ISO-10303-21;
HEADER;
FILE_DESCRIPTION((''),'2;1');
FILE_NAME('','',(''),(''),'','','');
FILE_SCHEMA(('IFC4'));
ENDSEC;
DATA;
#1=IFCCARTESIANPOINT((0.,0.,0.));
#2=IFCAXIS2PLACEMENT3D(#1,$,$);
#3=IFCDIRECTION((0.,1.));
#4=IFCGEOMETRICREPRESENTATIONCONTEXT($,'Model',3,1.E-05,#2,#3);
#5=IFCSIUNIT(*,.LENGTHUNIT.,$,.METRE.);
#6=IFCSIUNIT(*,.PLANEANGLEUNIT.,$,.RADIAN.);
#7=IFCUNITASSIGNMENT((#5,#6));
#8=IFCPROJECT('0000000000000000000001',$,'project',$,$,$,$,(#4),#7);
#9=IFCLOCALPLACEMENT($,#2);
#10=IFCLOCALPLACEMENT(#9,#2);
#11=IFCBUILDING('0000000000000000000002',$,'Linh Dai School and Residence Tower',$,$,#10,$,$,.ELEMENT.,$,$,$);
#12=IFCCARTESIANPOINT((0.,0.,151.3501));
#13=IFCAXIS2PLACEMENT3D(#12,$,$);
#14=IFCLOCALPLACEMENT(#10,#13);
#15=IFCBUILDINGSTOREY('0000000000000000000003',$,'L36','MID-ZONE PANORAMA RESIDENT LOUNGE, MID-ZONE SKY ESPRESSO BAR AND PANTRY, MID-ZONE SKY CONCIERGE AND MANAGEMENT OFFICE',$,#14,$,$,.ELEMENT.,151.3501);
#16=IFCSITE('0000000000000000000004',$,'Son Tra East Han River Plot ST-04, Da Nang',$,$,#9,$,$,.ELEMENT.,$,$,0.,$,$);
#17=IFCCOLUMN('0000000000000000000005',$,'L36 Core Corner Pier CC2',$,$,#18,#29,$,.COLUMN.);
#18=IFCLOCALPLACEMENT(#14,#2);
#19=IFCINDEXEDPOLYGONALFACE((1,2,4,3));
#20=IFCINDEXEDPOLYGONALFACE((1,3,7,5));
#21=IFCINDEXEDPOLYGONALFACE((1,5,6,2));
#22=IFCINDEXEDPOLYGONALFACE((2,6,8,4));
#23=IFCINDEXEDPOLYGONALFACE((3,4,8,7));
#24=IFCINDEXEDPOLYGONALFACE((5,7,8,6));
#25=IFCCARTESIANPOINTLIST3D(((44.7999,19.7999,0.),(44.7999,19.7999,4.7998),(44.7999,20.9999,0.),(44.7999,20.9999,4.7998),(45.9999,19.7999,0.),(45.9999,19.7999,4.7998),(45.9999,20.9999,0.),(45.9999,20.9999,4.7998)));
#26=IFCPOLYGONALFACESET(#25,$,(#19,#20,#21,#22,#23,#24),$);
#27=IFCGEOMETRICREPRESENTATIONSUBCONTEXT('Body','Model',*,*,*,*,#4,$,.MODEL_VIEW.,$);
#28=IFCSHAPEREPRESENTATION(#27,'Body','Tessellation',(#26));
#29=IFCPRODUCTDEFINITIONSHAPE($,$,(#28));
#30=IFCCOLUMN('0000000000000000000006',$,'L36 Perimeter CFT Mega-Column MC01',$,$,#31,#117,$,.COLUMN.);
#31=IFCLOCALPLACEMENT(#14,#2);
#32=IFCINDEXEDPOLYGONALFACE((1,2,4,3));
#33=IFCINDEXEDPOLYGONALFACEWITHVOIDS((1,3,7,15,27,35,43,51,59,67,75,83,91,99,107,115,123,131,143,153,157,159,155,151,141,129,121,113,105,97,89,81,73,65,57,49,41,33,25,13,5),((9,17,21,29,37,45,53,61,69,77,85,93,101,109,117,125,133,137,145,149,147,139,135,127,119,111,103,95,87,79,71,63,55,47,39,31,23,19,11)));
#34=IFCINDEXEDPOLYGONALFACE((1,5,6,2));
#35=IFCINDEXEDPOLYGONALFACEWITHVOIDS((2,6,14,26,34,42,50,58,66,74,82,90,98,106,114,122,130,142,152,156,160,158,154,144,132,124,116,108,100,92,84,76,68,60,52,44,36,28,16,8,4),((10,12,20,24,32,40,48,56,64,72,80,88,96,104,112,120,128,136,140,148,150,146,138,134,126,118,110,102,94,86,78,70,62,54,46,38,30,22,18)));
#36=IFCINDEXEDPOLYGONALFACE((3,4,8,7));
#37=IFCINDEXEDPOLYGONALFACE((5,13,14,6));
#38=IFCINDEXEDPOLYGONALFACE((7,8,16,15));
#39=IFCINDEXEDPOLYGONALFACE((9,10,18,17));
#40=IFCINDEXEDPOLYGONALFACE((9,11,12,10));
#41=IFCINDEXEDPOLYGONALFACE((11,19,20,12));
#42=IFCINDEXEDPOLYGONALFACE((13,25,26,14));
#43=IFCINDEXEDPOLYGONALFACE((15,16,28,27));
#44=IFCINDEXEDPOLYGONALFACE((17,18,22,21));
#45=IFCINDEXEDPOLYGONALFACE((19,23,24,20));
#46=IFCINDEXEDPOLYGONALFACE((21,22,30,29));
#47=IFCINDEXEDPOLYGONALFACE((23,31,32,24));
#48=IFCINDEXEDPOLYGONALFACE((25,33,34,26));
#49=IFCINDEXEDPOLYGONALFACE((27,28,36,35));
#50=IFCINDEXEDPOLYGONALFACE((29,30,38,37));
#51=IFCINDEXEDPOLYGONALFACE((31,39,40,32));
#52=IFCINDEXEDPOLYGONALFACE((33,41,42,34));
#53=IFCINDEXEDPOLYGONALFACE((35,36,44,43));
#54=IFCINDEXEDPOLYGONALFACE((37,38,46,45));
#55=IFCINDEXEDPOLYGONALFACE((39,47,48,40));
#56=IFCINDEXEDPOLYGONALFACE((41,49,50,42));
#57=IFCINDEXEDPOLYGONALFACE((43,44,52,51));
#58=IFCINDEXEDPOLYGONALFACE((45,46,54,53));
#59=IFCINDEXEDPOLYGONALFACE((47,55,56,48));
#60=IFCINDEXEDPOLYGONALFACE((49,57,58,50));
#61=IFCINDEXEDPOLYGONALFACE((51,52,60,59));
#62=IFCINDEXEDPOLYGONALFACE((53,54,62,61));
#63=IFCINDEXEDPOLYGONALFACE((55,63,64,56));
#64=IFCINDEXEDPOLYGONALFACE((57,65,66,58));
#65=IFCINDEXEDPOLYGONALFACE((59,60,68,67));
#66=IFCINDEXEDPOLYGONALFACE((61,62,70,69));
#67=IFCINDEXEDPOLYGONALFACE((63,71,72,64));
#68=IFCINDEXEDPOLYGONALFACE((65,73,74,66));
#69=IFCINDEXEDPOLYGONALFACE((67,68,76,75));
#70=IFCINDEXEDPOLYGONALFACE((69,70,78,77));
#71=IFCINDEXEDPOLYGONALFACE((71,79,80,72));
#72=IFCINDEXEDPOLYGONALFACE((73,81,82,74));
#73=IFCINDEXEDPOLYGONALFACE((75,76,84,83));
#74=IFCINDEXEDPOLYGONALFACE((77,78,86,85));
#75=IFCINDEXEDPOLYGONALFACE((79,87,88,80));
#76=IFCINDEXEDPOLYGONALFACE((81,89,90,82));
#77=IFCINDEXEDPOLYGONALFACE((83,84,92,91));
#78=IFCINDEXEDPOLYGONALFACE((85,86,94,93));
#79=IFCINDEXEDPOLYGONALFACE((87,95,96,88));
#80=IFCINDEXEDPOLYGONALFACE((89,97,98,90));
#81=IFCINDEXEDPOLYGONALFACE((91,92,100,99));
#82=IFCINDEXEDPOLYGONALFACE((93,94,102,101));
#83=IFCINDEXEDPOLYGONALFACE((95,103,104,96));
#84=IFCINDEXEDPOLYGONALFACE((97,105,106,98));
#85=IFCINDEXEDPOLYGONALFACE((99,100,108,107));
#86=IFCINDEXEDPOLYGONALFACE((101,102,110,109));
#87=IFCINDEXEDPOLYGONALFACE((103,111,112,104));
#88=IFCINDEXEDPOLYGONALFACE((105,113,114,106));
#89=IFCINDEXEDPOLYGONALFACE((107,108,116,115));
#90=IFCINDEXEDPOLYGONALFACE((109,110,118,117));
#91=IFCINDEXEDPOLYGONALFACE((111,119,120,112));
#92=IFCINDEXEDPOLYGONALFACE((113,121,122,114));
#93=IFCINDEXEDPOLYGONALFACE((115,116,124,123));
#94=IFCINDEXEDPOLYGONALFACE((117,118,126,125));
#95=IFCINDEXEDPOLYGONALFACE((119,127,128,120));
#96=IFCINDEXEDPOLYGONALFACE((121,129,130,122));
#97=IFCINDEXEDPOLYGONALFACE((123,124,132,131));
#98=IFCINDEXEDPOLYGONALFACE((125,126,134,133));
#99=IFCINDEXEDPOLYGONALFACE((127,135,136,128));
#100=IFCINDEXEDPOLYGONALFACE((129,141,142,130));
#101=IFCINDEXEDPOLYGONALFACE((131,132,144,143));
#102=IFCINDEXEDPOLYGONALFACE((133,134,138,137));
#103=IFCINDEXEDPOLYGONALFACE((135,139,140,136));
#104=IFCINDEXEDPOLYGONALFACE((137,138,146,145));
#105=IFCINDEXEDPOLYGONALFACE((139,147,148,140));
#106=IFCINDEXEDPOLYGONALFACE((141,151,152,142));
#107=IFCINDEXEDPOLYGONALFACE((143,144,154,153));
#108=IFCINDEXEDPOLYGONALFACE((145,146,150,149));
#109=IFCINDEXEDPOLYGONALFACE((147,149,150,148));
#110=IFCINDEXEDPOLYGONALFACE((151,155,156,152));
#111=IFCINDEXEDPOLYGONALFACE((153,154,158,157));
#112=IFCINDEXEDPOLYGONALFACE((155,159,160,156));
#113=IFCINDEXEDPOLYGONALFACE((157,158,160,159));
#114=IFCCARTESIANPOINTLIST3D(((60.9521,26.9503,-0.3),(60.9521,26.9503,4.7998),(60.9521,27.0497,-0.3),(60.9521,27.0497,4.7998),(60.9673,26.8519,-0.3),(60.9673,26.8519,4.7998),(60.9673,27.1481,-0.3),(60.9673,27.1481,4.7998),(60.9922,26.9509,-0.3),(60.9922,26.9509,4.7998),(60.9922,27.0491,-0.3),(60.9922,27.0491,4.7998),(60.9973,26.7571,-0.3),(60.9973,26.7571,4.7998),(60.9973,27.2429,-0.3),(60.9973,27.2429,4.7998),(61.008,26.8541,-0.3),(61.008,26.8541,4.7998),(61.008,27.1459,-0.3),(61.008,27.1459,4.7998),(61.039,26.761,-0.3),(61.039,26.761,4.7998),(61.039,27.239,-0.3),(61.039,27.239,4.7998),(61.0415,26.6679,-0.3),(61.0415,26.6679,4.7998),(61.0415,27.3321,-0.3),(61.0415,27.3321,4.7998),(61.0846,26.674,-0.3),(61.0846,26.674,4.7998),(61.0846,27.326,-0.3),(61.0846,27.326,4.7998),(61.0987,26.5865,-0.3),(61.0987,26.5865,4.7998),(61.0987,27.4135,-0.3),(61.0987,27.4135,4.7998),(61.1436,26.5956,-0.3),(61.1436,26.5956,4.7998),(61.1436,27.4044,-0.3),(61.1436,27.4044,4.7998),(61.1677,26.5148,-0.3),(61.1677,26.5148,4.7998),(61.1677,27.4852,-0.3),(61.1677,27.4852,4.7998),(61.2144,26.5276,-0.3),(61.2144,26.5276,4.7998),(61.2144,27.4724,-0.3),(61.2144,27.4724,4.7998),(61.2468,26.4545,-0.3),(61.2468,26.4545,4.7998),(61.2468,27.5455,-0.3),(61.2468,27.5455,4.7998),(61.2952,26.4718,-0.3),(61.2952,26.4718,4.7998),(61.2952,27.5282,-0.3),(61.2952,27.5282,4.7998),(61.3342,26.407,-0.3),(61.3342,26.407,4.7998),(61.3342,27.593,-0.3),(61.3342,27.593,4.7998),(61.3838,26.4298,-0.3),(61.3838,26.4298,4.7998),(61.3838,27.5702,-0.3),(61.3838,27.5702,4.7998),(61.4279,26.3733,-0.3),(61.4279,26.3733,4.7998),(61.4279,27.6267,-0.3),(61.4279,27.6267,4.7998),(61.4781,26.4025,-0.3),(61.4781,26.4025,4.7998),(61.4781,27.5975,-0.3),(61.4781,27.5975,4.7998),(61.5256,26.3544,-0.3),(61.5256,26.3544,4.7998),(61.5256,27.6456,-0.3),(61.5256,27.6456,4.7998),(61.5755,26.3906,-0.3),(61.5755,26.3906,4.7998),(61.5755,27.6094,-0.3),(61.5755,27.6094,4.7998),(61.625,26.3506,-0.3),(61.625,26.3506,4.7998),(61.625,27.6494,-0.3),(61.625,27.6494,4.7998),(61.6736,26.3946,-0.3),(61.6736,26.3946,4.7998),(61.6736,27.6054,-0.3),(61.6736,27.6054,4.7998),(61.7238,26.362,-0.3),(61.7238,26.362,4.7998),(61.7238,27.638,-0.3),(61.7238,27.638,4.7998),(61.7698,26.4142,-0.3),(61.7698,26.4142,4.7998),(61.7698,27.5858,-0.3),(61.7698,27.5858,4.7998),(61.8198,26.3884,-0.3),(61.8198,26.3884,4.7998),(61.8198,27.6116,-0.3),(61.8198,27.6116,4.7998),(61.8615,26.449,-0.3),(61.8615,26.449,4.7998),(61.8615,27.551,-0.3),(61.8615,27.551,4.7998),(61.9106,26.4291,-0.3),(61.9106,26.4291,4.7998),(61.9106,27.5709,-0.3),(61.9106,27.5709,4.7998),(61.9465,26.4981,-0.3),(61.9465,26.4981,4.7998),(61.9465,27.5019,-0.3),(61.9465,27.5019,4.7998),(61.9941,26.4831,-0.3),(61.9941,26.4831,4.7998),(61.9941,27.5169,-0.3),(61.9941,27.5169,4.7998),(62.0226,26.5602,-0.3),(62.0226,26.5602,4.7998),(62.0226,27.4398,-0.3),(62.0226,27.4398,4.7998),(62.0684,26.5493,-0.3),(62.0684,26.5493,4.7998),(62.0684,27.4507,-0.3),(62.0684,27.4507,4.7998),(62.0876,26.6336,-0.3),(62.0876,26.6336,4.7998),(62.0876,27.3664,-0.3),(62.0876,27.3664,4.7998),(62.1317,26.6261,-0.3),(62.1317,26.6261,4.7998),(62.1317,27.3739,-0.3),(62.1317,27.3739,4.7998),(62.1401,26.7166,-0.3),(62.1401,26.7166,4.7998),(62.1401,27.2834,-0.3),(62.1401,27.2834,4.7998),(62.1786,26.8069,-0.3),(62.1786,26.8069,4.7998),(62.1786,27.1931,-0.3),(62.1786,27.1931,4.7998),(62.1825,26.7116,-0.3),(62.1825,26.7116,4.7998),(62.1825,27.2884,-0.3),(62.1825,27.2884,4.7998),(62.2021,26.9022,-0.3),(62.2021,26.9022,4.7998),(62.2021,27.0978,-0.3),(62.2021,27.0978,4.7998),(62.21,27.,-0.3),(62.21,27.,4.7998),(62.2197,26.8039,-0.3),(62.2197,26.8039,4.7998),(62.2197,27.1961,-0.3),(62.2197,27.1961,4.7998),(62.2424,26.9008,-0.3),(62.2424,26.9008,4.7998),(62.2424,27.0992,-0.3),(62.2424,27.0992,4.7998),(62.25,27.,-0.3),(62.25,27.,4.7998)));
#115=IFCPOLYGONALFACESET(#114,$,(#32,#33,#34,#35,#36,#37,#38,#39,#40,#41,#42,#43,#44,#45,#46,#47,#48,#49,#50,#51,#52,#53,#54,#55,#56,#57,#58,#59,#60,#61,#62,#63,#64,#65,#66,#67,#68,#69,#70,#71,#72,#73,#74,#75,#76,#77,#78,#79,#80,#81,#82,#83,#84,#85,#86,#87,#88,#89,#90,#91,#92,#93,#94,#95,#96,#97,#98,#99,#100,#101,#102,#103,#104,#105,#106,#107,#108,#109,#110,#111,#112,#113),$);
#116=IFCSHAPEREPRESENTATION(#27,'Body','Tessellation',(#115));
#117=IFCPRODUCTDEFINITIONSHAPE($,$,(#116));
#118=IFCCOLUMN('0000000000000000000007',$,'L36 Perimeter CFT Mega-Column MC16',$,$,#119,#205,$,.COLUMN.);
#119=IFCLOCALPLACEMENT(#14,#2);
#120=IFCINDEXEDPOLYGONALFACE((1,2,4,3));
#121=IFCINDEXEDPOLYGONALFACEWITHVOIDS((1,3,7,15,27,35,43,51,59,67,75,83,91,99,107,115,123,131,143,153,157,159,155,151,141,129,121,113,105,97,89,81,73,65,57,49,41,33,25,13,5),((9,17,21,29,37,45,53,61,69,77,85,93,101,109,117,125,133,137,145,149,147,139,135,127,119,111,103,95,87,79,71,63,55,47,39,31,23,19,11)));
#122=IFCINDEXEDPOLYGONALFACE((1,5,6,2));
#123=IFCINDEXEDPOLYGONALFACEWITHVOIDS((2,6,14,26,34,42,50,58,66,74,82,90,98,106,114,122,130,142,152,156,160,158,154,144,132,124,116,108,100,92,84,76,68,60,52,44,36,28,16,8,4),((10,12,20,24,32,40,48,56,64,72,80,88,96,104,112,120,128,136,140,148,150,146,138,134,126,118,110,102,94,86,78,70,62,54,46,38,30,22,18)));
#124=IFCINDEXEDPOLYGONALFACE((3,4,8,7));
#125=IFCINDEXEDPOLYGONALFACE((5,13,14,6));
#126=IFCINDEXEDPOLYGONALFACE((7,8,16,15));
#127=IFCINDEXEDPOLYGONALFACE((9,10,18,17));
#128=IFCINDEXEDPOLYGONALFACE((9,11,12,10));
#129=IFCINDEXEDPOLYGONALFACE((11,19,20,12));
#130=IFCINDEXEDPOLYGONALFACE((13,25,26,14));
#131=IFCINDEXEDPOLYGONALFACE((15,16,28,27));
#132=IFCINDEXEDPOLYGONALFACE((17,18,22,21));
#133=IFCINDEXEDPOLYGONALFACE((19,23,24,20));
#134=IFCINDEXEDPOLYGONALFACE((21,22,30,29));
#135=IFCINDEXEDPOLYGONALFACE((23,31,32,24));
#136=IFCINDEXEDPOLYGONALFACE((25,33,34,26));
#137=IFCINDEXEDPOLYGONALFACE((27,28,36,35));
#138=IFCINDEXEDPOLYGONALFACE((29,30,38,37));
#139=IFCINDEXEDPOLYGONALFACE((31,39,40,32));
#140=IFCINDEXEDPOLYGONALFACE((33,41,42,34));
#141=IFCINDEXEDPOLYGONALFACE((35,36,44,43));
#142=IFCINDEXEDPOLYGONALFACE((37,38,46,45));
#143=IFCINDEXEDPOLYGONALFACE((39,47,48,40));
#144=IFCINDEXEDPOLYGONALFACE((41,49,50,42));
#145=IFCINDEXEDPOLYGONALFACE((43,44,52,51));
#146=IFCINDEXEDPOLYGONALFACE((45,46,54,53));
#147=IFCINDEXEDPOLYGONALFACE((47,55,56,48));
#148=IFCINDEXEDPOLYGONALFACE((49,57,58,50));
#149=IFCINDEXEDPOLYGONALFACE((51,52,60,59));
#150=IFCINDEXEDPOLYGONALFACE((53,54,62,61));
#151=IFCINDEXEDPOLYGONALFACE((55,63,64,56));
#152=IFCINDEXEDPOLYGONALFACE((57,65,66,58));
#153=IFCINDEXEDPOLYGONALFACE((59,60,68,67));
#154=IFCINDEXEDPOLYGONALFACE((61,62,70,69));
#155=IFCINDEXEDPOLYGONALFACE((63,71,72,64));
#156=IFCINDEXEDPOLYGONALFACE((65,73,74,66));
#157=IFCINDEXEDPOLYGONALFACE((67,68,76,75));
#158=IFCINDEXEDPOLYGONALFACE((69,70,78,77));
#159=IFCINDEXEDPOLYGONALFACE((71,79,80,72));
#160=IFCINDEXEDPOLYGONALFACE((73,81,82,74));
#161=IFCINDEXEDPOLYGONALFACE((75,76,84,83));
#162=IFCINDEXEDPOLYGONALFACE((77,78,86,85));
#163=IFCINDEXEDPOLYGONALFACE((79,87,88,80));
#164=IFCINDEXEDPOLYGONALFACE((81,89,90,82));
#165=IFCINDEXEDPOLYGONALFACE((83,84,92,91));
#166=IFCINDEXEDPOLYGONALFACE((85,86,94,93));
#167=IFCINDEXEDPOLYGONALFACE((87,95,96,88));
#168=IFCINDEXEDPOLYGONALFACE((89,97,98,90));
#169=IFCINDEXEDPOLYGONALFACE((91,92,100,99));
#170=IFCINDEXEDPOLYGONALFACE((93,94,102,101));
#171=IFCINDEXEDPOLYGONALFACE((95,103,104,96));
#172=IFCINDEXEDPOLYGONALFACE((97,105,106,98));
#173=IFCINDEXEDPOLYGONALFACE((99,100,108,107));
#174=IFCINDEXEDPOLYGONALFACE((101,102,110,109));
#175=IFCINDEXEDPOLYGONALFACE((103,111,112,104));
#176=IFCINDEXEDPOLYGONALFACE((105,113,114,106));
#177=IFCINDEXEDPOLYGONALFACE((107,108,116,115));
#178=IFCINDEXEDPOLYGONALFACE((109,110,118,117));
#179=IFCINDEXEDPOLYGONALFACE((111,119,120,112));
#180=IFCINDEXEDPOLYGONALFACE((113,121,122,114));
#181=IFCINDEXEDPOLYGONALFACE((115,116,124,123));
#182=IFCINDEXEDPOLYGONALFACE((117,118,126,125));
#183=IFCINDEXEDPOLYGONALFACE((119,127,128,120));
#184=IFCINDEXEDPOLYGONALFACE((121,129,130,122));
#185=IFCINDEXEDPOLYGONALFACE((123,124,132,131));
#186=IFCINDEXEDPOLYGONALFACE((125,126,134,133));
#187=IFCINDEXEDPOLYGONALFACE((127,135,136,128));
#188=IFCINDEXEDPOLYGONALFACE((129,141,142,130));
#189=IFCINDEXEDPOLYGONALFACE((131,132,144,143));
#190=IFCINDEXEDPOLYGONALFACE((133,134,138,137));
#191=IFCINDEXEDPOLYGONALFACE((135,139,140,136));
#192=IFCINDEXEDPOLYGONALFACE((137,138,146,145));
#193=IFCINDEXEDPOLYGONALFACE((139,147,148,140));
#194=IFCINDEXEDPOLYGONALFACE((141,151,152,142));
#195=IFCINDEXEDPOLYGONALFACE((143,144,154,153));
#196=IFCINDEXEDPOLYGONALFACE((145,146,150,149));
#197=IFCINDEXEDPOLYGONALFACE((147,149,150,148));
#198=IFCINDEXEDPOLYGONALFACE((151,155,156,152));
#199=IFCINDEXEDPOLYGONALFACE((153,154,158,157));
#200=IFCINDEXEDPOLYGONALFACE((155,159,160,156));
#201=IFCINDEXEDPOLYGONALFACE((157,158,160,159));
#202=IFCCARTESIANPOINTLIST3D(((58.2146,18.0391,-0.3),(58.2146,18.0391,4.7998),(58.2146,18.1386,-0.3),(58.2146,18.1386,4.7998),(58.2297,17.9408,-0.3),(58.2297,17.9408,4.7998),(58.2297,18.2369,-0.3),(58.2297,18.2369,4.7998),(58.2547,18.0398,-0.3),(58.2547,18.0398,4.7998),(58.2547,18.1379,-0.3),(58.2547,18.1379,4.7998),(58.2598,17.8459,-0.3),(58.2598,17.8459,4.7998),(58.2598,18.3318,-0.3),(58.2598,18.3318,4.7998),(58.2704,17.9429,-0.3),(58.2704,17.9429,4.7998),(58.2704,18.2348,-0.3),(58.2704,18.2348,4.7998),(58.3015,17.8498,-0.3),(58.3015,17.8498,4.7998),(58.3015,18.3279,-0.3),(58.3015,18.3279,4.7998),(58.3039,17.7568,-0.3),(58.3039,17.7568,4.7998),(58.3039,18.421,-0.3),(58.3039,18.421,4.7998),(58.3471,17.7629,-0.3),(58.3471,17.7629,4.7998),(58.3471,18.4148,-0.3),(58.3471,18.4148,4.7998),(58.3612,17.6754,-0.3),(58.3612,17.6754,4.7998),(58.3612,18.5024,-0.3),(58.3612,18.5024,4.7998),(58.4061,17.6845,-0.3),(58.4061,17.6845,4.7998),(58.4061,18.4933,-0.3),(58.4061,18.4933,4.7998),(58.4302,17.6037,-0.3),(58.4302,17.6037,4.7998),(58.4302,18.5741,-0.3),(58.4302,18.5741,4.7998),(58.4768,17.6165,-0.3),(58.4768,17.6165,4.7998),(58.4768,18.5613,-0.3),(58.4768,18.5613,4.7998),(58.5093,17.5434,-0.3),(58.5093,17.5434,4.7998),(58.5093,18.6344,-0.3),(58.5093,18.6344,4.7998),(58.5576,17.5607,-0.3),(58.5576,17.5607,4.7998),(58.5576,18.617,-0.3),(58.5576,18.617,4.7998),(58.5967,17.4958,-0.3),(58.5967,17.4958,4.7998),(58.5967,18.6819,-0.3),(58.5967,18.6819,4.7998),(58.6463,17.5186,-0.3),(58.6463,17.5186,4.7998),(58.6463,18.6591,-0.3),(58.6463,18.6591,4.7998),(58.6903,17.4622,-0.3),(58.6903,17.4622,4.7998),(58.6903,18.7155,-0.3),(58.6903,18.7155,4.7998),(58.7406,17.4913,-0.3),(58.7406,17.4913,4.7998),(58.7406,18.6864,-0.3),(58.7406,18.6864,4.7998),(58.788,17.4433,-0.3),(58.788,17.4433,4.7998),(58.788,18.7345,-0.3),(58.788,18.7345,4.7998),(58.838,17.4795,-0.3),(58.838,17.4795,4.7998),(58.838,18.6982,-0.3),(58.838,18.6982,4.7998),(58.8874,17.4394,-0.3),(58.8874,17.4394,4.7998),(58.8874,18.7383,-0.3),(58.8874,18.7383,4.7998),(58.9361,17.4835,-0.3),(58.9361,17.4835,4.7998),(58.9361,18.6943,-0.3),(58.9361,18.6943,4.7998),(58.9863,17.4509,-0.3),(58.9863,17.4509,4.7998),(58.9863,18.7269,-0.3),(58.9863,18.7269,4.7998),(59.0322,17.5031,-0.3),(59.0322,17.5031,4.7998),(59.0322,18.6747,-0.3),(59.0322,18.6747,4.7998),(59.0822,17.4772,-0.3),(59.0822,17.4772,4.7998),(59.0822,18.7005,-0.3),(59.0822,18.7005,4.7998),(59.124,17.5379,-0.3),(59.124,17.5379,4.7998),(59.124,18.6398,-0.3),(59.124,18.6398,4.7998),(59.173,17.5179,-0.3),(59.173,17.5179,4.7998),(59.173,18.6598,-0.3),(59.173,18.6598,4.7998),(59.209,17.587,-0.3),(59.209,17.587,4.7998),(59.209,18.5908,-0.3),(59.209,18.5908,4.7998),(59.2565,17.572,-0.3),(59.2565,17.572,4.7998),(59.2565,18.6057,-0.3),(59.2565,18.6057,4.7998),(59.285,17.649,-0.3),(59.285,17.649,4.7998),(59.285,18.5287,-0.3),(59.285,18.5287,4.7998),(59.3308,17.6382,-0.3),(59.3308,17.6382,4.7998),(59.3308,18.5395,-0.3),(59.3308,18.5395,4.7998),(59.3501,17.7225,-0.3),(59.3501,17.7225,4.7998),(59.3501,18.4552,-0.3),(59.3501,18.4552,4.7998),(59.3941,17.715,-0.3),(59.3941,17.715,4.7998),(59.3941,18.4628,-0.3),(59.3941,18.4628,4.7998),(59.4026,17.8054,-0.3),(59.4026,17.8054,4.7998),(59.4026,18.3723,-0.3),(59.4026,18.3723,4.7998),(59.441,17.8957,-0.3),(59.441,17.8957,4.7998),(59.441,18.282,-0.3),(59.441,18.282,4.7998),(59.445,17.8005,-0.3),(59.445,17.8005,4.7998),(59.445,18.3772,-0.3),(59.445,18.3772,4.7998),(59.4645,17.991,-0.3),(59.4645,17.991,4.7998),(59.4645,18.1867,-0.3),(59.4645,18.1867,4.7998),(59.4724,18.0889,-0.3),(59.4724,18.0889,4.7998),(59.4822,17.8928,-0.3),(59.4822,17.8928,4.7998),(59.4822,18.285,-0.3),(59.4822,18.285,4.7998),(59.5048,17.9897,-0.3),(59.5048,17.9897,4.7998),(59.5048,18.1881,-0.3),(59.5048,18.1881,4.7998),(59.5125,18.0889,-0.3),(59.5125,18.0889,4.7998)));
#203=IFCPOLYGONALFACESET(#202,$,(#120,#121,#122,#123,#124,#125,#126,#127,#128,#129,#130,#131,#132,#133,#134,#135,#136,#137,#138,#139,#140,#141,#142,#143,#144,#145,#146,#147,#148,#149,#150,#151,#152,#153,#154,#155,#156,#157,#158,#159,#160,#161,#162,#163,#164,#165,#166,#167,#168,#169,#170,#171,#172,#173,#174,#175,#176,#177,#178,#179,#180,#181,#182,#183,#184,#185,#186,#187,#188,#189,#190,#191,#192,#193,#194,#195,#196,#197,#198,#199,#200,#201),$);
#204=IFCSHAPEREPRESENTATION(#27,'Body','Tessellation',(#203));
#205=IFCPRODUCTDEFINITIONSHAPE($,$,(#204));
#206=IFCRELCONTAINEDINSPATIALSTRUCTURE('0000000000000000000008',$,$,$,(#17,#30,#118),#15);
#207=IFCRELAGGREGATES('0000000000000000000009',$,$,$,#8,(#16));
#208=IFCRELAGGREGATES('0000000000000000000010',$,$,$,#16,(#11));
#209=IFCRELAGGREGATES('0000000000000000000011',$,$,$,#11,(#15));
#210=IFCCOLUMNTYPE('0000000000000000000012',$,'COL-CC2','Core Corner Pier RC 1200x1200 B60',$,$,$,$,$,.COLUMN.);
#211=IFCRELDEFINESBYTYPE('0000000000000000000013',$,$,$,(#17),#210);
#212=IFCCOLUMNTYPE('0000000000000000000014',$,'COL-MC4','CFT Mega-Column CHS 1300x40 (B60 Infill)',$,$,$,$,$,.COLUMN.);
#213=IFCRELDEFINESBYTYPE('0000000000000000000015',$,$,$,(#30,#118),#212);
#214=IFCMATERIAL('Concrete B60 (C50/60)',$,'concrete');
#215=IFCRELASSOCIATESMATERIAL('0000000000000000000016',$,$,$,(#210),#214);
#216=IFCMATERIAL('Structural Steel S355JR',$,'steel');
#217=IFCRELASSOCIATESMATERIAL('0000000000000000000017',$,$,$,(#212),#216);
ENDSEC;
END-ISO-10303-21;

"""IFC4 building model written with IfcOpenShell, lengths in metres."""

from ifc_helpers import new_model, si_unit, direction, frame, origin, origin_2d, place, context, subcontext, project, spatial, rectangle, hollow_circle, extrude, material, material_profile, profile_set, type_object, element, save


model = new_model("IFC4")

# Units and contexts
model_context = context("Model", 3, precision=1e-05, world=origin(), true_north=direction((0.0, 1.0)))
body_context = subcontext(model_context, "Body", "Model", "MODEL_VIEW")
ifc_project = project(units=[si_unit("LENGTHUNIT", "METRE"), si_unit("PLANEANGLEUNIT", "RADIAN")], contexts=[model_context])

# Site, building, storey
site_placement = place(None, origin())
site = spatial("IfcSite", under=ifc_project, at=site_placement, Name="Son Tra East Han River Plot ST-04, Da Nang", CompositionType="ELEMENT", RefElevation=0.0)
building_placement = place(site_placement, origin())
building = spatial("IfcBuilding", under=site, at=building_placement, Name="Linh Dai School and Residence Tower", CompositionType="ELEMENT")
storey_placement = place(building_placement, frame((0.0, 0.0, 151.3501)))
storey = spatial("IfcBuildingStorey", under=building, at=storey_placement, Name="L36", Description="MID-ZONE PANORAMA RESIDENT LOUNGE, MID-ZONE SKY ESPRESSO BAR AND PANTRY, MID-ZONE SKY CONCIERGE AND MANAGEMENT OFFICE", CompositionType="ELEMENT", Elevation=151.3501)

# Columns
ifc_material_1 = material(Name="Concrete B60 (C50/60)", Category="concrete")
ifc_material_profile_1 = material_profile(ifc_material_1, rectangle(XDim=1.2, YDim=1.2, at=origin_2d()), Name="RC 1200x1200")
ifc_profile_set_1 = profile_set([ifc_material_profile_1], Name="Concrete B60 (C50/60)")
column_type_1 = type_object("IfcColumnType", Name="COL-CC2", Description="Core Corner Pier RC 1200x1200 B60", PredefinedType="COLUMN", material=ifc_profile_set_1)
column_1_placement = place(storey_placement, frame((45.3999, 20.3999, 0.0), z_axis=(0.0, 0.0, 1.0), x_axis=(1.0, 0.0, 0.0)))
element("IfcColumn", 1, at=column_1_placement, inside=storey, type_object=column_type_1, Name="L36 Core Corner Pier CC2", PredefinedType="COLUMN", context=body_context, shape_type="SweptSolid", body=[
    extrude(rectangle(XDim=1.2, YDim=1.2, at=origin_2d()), origin(), (0.0, 0.0, 1.0), 4.7998),
])
ifc_material_2 = material(Name="Structural Steel S355JR", Category="steel")
ifc_material_profile_2 = material_profile(ifc_material_2, hollow_circle(Radius=0.6499, WallThickness=0.04, at=origin_2d()), Name="CHS 1300x40")
ifc_profile_set_2 = profile_set([ifc_material_profile_2], Name="Structural Steel S355JR")
column_type_2 = type_object("IfcColumnType", Name="COL-MC4", Description="CFT Mega-Column CHS 1300x40 (B60 Infill)", PredefinedType="COLUMN", material=ifc_profile_set_2)
for number, where, z_axis, x_axis, name in (
    (2, (61.6001, 27.0, -0.3), (0.0, 0.0, 1.0), (1.0, 0.0, 0.0), "L36 Perimeter CFT Mega-Column MC01"),
    (3, (58.8625, 18.0889, -0.3), (0.0, 0.0, 1.0), (1.0, 0.0, 0.0), "L36 Perimeter CFT Mega-Column MC16"),
):
    element("IfcColumn", number, at=place(storey_placement, frame(where, z_axis=z_axis, x_axis=x_axis)), inside=storey, type_object=column_type_2, Name=name, PredefinedType="COLUMN", context=body_context, shape_type="SweptSolid", body=[
        extrude(hollow_circle(Radius=0.6499, WallThickness=0.04, at=origin_2d()), origin(), (0.0, 0.0, 1.0), 5.0999),
    ])

save(model, "model.ifc")
